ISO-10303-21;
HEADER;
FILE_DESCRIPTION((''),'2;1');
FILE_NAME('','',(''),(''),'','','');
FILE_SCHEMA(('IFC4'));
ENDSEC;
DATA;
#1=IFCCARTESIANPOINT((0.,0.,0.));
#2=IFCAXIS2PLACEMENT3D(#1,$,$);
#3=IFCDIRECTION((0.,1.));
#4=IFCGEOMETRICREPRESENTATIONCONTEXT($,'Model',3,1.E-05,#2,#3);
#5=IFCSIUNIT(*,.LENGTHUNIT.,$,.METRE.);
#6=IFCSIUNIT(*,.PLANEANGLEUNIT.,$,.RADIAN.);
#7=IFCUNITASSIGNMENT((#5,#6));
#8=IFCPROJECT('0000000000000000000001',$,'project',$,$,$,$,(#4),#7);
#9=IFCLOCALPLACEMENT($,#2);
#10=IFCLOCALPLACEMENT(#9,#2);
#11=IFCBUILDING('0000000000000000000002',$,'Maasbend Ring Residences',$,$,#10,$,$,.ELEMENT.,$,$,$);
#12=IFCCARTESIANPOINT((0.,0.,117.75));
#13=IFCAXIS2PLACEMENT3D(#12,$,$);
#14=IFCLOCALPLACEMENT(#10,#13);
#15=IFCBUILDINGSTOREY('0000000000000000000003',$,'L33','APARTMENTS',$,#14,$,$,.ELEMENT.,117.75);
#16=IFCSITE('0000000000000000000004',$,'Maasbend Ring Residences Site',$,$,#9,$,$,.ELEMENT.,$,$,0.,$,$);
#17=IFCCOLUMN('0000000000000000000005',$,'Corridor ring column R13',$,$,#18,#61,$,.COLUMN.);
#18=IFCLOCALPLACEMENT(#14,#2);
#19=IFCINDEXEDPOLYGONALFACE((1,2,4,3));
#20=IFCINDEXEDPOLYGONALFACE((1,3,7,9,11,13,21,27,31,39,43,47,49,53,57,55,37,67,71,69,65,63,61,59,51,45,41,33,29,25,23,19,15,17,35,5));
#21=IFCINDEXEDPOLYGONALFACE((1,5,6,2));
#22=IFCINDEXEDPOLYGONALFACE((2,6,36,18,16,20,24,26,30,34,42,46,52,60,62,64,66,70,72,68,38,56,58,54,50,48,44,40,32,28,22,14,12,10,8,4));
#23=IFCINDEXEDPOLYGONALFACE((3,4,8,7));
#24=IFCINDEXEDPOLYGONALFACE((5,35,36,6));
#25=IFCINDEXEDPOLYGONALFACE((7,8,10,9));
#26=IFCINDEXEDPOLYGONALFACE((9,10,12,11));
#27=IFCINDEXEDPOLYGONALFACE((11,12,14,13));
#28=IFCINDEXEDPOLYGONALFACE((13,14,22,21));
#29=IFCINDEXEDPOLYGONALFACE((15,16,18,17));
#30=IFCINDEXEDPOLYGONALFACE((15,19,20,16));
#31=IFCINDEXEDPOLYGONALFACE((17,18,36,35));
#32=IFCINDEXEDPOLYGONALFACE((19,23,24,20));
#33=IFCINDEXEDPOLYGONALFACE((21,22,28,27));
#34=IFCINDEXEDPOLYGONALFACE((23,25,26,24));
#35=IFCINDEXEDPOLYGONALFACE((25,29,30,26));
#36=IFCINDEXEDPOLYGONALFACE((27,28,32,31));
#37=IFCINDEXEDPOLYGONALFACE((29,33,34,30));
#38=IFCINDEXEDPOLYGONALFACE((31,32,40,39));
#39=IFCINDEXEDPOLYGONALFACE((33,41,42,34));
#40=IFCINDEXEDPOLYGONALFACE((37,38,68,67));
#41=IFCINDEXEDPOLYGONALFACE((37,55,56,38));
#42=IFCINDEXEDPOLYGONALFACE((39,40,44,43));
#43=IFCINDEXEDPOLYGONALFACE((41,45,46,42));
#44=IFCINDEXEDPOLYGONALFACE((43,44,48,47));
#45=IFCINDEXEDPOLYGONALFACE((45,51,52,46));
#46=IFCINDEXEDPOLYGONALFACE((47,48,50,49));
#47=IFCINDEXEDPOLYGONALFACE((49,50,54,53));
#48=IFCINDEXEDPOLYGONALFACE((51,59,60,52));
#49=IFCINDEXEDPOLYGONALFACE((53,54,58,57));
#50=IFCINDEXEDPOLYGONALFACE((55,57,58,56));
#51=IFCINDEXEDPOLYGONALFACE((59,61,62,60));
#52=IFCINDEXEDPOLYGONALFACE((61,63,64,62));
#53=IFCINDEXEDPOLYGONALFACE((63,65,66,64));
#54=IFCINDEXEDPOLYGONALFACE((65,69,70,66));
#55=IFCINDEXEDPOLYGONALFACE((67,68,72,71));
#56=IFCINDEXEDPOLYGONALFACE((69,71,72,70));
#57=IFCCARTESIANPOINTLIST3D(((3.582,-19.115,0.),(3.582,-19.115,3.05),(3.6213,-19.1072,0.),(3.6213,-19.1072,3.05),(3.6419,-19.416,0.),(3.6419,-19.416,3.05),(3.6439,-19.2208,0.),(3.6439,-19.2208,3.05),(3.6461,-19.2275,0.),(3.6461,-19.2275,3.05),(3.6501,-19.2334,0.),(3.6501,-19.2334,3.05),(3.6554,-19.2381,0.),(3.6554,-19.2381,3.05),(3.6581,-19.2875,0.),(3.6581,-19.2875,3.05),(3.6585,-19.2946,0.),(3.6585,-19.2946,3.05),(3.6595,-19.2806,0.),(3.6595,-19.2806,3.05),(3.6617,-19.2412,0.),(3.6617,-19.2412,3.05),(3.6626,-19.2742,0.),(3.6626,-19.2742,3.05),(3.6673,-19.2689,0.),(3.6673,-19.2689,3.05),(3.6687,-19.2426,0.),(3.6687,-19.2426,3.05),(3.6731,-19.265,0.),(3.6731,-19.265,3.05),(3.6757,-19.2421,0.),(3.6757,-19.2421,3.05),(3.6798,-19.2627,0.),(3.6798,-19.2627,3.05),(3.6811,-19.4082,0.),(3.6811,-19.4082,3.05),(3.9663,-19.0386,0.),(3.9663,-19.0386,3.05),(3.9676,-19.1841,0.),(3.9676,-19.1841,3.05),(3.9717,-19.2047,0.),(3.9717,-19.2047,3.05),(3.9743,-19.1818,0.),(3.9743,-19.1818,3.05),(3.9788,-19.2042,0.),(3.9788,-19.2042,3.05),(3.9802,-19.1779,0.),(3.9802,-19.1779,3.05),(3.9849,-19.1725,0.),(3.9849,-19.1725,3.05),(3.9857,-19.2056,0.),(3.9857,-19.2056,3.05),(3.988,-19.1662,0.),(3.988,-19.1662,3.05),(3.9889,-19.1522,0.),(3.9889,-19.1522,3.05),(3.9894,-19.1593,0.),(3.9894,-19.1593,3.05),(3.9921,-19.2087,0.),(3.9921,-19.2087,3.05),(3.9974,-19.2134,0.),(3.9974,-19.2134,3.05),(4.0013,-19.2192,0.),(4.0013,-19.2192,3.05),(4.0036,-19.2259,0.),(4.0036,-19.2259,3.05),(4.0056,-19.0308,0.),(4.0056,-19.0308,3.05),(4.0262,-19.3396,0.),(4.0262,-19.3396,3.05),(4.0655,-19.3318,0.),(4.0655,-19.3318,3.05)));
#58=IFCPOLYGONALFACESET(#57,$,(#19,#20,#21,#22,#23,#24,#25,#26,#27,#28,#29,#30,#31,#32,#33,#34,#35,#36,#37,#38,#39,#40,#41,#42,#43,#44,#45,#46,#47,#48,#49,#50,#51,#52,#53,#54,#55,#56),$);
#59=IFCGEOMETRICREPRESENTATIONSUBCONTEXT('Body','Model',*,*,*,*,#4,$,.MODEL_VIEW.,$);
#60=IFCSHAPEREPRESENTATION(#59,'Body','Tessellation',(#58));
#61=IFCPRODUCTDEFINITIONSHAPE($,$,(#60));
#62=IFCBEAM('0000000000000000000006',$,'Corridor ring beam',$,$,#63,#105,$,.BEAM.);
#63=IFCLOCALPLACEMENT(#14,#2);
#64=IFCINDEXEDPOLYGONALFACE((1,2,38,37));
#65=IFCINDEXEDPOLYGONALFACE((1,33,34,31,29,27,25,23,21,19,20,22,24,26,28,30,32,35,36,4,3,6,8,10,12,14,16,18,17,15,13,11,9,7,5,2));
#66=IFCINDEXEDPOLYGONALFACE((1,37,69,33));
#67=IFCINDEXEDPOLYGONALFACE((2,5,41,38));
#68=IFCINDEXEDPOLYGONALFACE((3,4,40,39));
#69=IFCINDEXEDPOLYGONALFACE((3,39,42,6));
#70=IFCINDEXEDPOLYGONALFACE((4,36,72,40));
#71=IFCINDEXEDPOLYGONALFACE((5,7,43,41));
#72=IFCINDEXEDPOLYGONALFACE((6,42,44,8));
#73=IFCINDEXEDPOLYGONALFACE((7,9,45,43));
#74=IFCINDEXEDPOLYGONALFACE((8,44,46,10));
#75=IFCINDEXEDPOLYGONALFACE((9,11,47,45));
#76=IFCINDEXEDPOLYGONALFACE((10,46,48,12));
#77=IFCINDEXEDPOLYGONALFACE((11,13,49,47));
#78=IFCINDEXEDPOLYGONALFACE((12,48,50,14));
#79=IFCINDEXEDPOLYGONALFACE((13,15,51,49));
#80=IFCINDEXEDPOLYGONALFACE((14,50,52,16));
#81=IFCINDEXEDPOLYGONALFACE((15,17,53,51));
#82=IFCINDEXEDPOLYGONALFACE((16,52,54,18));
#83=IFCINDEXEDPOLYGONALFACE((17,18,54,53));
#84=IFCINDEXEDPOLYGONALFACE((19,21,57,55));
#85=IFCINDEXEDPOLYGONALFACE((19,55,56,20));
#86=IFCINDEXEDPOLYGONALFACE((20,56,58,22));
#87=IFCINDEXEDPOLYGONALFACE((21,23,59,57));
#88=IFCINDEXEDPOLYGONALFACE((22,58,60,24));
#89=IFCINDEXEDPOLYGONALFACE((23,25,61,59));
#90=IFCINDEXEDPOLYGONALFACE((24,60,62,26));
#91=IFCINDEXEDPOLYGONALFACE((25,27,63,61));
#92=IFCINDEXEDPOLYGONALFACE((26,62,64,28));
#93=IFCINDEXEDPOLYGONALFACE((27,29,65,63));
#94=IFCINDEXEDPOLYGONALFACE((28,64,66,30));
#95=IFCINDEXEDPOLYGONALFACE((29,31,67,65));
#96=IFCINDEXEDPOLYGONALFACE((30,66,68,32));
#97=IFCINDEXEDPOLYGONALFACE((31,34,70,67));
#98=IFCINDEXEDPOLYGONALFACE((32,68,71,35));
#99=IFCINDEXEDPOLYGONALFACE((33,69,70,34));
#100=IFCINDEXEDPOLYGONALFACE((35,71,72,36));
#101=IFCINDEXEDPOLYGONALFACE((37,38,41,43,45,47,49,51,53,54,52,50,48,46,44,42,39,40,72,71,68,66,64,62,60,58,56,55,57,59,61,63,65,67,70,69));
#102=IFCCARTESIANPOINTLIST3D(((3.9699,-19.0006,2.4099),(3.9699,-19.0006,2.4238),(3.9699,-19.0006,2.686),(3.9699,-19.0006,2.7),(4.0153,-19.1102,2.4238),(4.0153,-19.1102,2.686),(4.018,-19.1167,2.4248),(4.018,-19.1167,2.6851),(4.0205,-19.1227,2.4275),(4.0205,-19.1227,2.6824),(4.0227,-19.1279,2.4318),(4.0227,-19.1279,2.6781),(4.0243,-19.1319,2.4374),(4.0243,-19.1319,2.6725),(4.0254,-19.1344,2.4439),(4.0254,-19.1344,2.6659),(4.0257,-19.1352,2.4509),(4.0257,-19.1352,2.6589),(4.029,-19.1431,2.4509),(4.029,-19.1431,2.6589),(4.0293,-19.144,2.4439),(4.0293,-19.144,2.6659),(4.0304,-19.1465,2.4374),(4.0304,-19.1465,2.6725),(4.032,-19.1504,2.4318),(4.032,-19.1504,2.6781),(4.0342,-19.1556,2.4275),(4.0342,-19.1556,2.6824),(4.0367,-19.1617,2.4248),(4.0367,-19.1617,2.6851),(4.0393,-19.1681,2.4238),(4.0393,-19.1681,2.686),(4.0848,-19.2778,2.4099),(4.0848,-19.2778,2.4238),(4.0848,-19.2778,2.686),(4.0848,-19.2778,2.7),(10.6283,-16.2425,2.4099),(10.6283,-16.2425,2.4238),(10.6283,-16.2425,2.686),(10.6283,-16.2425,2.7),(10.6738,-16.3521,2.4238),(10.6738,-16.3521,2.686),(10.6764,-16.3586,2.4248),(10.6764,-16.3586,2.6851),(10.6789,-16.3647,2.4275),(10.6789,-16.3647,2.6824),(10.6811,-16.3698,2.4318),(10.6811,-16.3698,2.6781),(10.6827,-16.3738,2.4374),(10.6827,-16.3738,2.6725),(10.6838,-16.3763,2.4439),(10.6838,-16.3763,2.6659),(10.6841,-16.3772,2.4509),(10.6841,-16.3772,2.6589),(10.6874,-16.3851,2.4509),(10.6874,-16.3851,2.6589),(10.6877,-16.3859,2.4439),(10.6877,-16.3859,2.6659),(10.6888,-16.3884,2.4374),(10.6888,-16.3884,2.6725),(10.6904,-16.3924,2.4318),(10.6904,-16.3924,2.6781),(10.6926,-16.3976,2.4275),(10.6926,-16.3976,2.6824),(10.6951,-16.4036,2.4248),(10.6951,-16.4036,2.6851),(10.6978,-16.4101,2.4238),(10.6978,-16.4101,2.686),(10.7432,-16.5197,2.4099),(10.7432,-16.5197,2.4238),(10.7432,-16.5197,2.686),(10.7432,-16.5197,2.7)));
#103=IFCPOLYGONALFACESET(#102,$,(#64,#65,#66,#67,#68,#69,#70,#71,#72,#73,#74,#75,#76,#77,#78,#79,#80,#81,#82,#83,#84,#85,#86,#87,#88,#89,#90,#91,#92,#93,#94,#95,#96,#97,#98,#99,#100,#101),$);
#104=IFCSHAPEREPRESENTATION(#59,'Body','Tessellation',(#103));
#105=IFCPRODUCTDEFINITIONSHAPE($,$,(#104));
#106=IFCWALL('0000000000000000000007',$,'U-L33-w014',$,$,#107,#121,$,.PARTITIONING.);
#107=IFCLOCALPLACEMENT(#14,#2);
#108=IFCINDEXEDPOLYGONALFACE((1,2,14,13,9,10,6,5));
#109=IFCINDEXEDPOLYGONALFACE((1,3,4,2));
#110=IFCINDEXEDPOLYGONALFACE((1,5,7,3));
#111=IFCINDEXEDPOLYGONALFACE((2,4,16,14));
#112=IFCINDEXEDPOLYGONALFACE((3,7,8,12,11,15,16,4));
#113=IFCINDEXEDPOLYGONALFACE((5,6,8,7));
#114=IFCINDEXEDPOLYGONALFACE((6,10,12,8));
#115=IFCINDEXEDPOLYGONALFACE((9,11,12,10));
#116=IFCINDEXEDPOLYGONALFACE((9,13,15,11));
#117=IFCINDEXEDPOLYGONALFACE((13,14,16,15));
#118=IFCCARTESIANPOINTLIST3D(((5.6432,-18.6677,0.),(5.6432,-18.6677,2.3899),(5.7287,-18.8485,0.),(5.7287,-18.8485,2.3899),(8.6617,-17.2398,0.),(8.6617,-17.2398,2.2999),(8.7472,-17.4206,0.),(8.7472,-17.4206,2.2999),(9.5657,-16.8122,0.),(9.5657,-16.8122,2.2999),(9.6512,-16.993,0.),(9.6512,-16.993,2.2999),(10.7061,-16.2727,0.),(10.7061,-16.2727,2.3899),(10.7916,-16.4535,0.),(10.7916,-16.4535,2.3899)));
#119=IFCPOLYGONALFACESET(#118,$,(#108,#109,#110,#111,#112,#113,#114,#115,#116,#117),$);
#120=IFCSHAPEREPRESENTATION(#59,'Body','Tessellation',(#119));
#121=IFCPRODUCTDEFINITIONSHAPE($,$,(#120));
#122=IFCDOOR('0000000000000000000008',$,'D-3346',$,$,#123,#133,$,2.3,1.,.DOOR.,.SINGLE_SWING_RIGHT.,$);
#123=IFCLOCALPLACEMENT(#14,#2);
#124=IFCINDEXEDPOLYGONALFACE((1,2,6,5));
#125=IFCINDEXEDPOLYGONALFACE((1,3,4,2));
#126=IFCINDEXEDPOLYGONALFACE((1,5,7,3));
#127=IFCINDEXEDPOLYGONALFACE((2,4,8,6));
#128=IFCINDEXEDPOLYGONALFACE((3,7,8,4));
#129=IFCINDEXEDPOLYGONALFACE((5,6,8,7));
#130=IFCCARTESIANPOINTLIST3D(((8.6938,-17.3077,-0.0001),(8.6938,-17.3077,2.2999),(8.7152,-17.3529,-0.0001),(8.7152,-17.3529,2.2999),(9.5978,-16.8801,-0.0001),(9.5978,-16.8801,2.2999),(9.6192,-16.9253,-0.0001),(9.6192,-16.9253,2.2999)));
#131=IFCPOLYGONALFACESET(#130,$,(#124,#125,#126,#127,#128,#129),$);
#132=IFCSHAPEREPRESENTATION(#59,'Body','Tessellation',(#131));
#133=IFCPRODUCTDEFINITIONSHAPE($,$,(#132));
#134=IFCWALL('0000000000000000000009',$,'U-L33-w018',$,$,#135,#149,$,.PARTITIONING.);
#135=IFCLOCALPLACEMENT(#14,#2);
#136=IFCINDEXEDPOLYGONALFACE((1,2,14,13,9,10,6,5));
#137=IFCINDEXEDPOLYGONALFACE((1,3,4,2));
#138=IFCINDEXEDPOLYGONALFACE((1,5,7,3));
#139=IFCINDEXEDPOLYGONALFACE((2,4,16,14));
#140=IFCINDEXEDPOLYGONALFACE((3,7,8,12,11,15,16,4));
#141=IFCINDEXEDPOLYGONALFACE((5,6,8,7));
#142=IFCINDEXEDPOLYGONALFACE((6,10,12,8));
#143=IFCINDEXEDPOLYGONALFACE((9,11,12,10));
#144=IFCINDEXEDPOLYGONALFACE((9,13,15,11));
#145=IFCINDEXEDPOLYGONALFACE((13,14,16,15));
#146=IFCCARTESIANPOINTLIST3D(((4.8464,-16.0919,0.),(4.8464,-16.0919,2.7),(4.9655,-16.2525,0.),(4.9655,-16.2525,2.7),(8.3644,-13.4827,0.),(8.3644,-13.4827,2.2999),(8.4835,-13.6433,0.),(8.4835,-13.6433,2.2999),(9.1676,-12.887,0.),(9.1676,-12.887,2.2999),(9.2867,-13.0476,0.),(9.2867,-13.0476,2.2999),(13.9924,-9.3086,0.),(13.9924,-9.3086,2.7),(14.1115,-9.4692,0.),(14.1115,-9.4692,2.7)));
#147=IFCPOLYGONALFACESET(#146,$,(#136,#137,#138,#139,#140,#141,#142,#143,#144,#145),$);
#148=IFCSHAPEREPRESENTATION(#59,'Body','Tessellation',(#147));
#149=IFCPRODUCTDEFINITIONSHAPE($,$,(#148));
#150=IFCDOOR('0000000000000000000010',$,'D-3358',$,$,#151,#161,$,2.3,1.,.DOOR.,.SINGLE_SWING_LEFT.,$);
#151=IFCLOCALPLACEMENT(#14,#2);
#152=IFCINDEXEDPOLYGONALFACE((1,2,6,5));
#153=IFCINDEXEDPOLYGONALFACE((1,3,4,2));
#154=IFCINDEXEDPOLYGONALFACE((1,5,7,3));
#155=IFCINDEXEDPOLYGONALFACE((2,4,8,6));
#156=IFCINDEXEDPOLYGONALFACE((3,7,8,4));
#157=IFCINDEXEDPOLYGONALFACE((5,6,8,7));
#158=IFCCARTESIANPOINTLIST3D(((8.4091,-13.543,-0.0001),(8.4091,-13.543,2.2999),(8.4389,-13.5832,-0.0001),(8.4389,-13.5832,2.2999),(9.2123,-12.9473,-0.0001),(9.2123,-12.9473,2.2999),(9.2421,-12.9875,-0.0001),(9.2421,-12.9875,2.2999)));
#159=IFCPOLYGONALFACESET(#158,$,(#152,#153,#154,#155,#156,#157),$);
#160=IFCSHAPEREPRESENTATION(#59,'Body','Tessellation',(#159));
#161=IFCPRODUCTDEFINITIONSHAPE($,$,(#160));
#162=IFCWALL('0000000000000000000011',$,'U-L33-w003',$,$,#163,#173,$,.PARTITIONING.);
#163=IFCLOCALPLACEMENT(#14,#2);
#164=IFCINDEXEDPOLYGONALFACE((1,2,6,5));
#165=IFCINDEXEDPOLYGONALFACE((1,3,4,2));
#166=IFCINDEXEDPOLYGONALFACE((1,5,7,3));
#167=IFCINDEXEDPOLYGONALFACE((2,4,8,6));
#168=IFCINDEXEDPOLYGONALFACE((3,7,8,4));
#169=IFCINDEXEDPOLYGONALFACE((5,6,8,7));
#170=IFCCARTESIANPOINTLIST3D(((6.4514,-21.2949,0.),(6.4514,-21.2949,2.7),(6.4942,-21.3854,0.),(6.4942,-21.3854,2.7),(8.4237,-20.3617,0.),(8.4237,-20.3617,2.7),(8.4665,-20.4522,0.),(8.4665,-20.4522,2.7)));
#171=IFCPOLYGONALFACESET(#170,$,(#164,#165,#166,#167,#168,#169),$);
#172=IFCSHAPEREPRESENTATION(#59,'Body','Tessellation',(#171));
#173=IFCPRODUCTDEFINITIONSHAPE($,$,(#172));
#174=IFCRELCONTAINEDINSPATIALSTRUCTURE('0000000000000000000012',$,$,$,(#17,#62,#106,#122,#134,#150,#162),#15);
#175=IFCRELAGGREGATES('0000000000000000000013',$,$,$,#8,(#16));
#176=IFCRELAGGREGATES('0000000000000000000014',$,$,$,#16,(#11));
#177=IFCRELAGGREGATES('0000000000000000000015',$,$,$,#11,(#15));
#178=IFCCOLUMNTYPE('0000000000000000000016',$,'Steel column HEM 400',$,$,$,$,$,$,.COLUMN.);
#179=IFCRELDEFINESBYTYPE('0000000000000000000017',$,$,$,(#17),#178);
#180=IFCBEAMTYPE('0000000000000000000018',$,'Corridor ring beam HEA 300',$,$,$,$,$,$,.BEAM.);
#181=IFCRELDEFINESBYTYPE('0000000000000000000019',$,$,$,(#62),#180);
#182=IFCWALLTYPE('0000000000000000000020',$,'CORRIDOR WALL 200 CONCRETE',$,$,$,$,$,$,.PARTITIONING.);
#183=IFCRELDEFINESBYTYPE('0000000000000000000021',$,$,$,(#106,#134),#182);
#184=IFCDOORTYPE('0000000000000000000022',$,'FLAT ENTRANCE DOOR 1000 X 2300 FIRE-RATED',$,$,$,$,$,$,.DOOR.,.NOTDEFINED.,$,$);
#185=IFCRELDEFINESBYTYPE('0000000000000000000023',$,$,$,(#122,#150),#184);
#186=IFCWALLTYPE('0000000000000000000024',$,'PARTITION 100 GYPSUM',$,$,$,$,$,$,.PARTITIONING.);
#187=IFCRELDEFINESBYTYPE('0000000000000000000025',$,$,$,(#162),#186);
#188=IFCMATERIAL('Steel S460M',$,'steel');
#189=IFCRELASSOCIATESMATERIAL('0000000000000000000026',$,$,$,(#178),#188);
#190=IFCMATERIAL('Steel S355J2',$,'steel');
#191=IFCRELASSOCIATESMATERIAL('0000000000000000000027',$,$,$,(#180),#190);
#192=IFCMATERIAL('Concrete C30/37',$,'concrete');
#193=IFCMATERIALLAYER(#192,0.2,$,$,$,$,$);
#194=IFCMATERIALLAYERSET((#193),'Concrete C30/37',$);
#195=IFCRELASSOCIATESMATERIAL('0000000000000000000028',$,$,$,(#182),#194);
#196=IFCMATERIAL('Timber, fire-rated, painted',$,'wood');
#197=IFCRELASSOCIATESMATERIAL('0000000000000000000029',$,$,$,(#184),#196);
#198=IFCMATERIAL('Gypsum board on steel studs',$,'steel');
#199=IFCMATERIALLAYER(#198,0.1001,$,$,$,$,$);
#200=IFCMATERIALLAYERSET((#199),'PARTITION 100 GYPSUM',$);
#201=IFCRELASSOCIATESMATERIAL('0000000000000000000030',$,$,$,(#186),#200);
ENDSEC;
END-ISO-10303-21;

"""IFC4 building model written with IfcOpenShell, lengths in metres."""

from ifc_helpers import new_model, si_unit, direction, frame, frame_2d, origin, origin_2d, place, context, subcontext, project, spatial, rectangle, i_section, extrude, material, layer, layer_set, material_profile, profile_set, type_object, element, fill, save


model = new_model("IFC4")

# Units and contexts
model_context = context("Model", 3, precision=1e-05, world=origin(), true_north=direction((0.0, 1.0)))
body_context = subcontext(model_context, "Body", "Model", "MODEL_VIEW")
ifc_project = project(units=[si_unit("LENGTHUNIT", "METRE"), si_unit("PLANEANGLEUNIT", "RADIAN")], contexts=[model_context])

# Site, building, storey
site_placement = place(None, origin())
site = spatial("IfcSite", under=ifc_project, at=site_placement, Name="Maasbend Ring Residences Site", CompositionType="ELEMENT", RefElevation=0.0)
building_placement = place(site_placement, origin())
building = spatial("IfcBuilding", under=site, at=building_placement, Name="Maasbend Ring Residences", CompositionType="ELEMENT")
storey_placement = place(building_placement, frame((0.0, 0.0, 117.75)))
storey = spatial("IfcBuildingStorey", under=building, at=storey_placement, Name="L33", Description="APARTMENTS", CompositionType="ELEMENT", Elevation=117.75)

# Column
ifc_material_1 = material(Name="Steel S460M", Category="steel")
ifc_material_profile_1 = material_profile(ifc_material_1, i_section(OverallWidth=0.3069, OverallDepth=0.4319, WebThickness=0.021, FlangeThickness=0.04, FilletRadius=0.0271, at=origin_2d()), Name="HEM 400")
ifc_profile_set_1 = profile_set([ifc_material_profile_1], Name="Steel S460M")
column_type = type_object("IfcColumnType", Name="Steel column HEM 400", PredefinedType="COLUMN", material=ifc_profile_set_1)
column_placement = place(storey_placement, frame((3.8237, -19.2234, 0.0), z_axis=(0.0, 0.0, 1.0), x_axis=(0.19509, -0.980785, 0.0)))
element("IfcColumn", 1, at=column_placement, inside=storey, type_object=column_type, Name="Corridor ring column R13", PredefinedType="COLUMN", context=body_context, shape_type="SweptSolid", body=[
    extrude(i_section(OverallWidth=0.3069, OverallDepth=0.4319, WebThickness=0.021, FlangeThickness=0.04, FilletRadius=0.0271, at=origin_2d()), origin(), (0.0, 0.0, 1.0), 3.05),
])

# Beam
ifc_material_2 = material(Name="Steel S355J2", Category="steel")
ifc_material_profile_2 = material_profile(ifc_material_2, i_section(OverallWidth=0.3, OverallDepth=0.29, WebThickness=0.0085, FlangeThickness=0.0139, FilletRadius=0.0271, at=origin_2d()), Name="HEA 300")
ifc_profile_set_2 = profile_set([ifc_material_profile_2], Name="Steel S355J2")
beam_type = type_object("IfcBeamType", Name="Corridor ring beam HEA 300", PredefinedType="BEAM", material=ifc_profile_set_2)
beam_placement = place(storey_placement, frame((4.0273, -19.1392, 2.5549), z_axis=(0.923878, 0.382688, 0.0), x_axis=(-0.382688, 0.923878, 0.0)))
element("IfcBeam", 2, at=beam_placement, inside=storey, type_object=beam_type, Name="Corridor ring beam", PredefinedType="BEAM", context=body_context, shape_type="SweptSolid", body=[
    extrude(i_section(OverallWidth=0.3, OverallDepth=0.29, WebThickness=0.0085, FlangeThickness=0.0139, FilletRadius=0.0271, at=origin_2d()), origin(), (0.0, 0.0, 1.0), 7.207),
])

# Walls, openings, doors
ifc_material_3 = material(Name="Concrete C30/37", Category="concrete")
ifc_layer_1 = layer(ifc_material_3, 0.2)
ifc_layer_set_1 = layer_set([ifc_layer_1], Name="Concrete C30/37")
wall_type_1 = type_object("IfcWallType", Name="CORRIDOR WALL 200 CONCRETE", PredefinedType="PARTITIONING", material=ifc_layer_set_1)
wall_1_placement = place(storey_placement, frame((5.686, -18.7581, 0.0), z_axis=(0.0, 0.0, 1.0), x_axis=(0.903961, 0.427614, 0.0)))
wall_1 = element("IfcWall", 3, at=wall_1_placement, inside=storey, type_object=wall_type_1, Name="U-L33-w014", PredefinedType="PARTITIONING", context=body_context, shape_type="SweptSolid", body=[
    extrude(rectangle(XDim=5.6008, YDim=0.2, at=frame_2d((2.8003, 0.0))), origin(), (0.0, 0.0, 1.0), 2.3899),
])
opening_1_placement = place(wall_1_placement, frame((3.3391, 0.0, 0.0)))
opening_1 = element("IfcOpeningElement", 4, at=opening_1_placement, cuts=wall_1, PredefinedType="OPENING", context=body_context, shape_type="SweptSolid", body=[
    extrude(rectangle(XDim=1.0, YDim=2.3, at=frame_2d((0.5, 1.1499))), frame((0.0, 0.1099, 0.0), z_axis=(0.0, -1.0, 0.0), x_axis=(1.0, 0.0, 0.0)), (0.0, 0.0, 1.0), 0.22),
])
ifc_material_4 = material(Name="Timber, fire-rated, painted", Category="wood")
door_type_1 = type_object("IfcDoorType", Name="FLAT ENTRANCE DOOR 1000 X 2300 FIRE-RATED", OperationType="NOTDEFINED", PredefinedType="DOOR", material=ifc_material_4)
door_1_placement = place(opening_1_placement, origin())
door_1 = element("IfcDoor", 5, at=door_1_placement, inside=storey, type_object=door_type_1, Name="D-3346", OperationType="SINGLE_SWING_RIGHT", OverallHeight=2.3, OverallWidth=1.0, PredefinedType="DOOR", context=body_context, shape_type="SweptSolid", body=[
    extrude(rectangle(XDim=1.0, YDim=2.3, at=frame_2d((0.5, 1.1499))), frame((0.0, 0.0249, 0.0), z_axis=(0.0, -1.0, 0.0), x_axis=(1.0, 0.0, 0.0)), (0.0, 0.0, 1.0), 0.05),
])
fill(opening_1, door_1)
wall_2_placement = place(storey_placement, frame((4.906, -16.1721, 0.0), z_axis=(0.0, 0.0, 1.0), x_axis=(0.803205, 0.595703, 0.0)))
wall_2 = element("IfcWall", 6, at=wall_2_placement, inside=storey, type_object=wall_type_1, Name="U-L33-w018", PredefinedType="PARTITIONING", context=body_context, shape_type="SweptSolid", body=[
    extrude(rectangle(XDim=11.387, YDim=0.2, at=frame_2d((5.6934, 0.0))), origin(), (0.0, 0.0, 1.0), 2.7),
])
opening_2_placement = place(wall_2_placement, frame((4.3799, 0.0, 0.0)))
opening_2 = element("IfcOpeningElement", 7, at=opening_2_placement, cuts=wall_2, PredefinedType="OPENING", context=body_context, shape_type="SweptSolid", body=[
    extrude(rectangle(XDim=1.0, YDim=2.3, at=frame_2d((0.5, 1.1499))), frame((0.0, 0.1099, 0.0), z_axis=(0.0, -1.0, 0.0), x_axis=(1.0, 0.0, 0.0)), (0.0, 0.0, 1.0), 0.22),
])
door_2_placement = place(opening_2_placement, origin())
door_2 = element("IfcDoor", 8, at=door_2_placement, inside=storey, type_object=door_type_1, Name="D-3358", OperationType="SINGLE_SWING_LEFT", OverallHeight=2.3, OverallWidth=1.0, PredefinedType="DOOR", context=body_context, shape_type="SweptSolid", body=[
    extrude(rectangle(XDim=1.0, YDim=2.3, at=frame_2d((0.5, 1.1499))), frame((0.0, 0.0249, 0.0), z_axis=(0.0, -1.0, 0.0), x_axis=(1.0, 0.0, 0.0)), (0.0, 0.0, 1.0), 0.05),
])
fill(opening_2, door_2)

# Wall
ifc_material_5 = material(Name="Gypsum board on steel studs", Category="steel")
ifc_layer_2 = layer(ifc_material_5, 0.1001)
ifc_layer_set_2 = layer_set([ifc_layer_2], Name="PARTITION 100 GYPSUM")
wall_type_2 = type_object("IfcWallType", Name="PARTITION 100 GYPSUM", PredefinedType="PARTITIONING", material=ifc_layer_set_2)
wall_3_placement = place(storey_placement, frame((6.4729, -21.3401, 0.0), z_axis=(0.0, 0.0, 1.0), x_axis=(0.903929, 0.427682, 0.0)))
element("IfcWall", 9, at=wall_3_placement, inside=storey, type_object=wall_type_2, Name="U-L33-w003", PredefinedType="PARTITIONING", context=body_context, shape_type="SweptSolid", body=[
    extrude(rectangle(XDim=2.1819, YDim=0.1001, at=frame_2d((1.0908, 0.0))), origin(), (0.0, 0.0, 1.0), 2.7),
])

save(model, "model.ifc")
